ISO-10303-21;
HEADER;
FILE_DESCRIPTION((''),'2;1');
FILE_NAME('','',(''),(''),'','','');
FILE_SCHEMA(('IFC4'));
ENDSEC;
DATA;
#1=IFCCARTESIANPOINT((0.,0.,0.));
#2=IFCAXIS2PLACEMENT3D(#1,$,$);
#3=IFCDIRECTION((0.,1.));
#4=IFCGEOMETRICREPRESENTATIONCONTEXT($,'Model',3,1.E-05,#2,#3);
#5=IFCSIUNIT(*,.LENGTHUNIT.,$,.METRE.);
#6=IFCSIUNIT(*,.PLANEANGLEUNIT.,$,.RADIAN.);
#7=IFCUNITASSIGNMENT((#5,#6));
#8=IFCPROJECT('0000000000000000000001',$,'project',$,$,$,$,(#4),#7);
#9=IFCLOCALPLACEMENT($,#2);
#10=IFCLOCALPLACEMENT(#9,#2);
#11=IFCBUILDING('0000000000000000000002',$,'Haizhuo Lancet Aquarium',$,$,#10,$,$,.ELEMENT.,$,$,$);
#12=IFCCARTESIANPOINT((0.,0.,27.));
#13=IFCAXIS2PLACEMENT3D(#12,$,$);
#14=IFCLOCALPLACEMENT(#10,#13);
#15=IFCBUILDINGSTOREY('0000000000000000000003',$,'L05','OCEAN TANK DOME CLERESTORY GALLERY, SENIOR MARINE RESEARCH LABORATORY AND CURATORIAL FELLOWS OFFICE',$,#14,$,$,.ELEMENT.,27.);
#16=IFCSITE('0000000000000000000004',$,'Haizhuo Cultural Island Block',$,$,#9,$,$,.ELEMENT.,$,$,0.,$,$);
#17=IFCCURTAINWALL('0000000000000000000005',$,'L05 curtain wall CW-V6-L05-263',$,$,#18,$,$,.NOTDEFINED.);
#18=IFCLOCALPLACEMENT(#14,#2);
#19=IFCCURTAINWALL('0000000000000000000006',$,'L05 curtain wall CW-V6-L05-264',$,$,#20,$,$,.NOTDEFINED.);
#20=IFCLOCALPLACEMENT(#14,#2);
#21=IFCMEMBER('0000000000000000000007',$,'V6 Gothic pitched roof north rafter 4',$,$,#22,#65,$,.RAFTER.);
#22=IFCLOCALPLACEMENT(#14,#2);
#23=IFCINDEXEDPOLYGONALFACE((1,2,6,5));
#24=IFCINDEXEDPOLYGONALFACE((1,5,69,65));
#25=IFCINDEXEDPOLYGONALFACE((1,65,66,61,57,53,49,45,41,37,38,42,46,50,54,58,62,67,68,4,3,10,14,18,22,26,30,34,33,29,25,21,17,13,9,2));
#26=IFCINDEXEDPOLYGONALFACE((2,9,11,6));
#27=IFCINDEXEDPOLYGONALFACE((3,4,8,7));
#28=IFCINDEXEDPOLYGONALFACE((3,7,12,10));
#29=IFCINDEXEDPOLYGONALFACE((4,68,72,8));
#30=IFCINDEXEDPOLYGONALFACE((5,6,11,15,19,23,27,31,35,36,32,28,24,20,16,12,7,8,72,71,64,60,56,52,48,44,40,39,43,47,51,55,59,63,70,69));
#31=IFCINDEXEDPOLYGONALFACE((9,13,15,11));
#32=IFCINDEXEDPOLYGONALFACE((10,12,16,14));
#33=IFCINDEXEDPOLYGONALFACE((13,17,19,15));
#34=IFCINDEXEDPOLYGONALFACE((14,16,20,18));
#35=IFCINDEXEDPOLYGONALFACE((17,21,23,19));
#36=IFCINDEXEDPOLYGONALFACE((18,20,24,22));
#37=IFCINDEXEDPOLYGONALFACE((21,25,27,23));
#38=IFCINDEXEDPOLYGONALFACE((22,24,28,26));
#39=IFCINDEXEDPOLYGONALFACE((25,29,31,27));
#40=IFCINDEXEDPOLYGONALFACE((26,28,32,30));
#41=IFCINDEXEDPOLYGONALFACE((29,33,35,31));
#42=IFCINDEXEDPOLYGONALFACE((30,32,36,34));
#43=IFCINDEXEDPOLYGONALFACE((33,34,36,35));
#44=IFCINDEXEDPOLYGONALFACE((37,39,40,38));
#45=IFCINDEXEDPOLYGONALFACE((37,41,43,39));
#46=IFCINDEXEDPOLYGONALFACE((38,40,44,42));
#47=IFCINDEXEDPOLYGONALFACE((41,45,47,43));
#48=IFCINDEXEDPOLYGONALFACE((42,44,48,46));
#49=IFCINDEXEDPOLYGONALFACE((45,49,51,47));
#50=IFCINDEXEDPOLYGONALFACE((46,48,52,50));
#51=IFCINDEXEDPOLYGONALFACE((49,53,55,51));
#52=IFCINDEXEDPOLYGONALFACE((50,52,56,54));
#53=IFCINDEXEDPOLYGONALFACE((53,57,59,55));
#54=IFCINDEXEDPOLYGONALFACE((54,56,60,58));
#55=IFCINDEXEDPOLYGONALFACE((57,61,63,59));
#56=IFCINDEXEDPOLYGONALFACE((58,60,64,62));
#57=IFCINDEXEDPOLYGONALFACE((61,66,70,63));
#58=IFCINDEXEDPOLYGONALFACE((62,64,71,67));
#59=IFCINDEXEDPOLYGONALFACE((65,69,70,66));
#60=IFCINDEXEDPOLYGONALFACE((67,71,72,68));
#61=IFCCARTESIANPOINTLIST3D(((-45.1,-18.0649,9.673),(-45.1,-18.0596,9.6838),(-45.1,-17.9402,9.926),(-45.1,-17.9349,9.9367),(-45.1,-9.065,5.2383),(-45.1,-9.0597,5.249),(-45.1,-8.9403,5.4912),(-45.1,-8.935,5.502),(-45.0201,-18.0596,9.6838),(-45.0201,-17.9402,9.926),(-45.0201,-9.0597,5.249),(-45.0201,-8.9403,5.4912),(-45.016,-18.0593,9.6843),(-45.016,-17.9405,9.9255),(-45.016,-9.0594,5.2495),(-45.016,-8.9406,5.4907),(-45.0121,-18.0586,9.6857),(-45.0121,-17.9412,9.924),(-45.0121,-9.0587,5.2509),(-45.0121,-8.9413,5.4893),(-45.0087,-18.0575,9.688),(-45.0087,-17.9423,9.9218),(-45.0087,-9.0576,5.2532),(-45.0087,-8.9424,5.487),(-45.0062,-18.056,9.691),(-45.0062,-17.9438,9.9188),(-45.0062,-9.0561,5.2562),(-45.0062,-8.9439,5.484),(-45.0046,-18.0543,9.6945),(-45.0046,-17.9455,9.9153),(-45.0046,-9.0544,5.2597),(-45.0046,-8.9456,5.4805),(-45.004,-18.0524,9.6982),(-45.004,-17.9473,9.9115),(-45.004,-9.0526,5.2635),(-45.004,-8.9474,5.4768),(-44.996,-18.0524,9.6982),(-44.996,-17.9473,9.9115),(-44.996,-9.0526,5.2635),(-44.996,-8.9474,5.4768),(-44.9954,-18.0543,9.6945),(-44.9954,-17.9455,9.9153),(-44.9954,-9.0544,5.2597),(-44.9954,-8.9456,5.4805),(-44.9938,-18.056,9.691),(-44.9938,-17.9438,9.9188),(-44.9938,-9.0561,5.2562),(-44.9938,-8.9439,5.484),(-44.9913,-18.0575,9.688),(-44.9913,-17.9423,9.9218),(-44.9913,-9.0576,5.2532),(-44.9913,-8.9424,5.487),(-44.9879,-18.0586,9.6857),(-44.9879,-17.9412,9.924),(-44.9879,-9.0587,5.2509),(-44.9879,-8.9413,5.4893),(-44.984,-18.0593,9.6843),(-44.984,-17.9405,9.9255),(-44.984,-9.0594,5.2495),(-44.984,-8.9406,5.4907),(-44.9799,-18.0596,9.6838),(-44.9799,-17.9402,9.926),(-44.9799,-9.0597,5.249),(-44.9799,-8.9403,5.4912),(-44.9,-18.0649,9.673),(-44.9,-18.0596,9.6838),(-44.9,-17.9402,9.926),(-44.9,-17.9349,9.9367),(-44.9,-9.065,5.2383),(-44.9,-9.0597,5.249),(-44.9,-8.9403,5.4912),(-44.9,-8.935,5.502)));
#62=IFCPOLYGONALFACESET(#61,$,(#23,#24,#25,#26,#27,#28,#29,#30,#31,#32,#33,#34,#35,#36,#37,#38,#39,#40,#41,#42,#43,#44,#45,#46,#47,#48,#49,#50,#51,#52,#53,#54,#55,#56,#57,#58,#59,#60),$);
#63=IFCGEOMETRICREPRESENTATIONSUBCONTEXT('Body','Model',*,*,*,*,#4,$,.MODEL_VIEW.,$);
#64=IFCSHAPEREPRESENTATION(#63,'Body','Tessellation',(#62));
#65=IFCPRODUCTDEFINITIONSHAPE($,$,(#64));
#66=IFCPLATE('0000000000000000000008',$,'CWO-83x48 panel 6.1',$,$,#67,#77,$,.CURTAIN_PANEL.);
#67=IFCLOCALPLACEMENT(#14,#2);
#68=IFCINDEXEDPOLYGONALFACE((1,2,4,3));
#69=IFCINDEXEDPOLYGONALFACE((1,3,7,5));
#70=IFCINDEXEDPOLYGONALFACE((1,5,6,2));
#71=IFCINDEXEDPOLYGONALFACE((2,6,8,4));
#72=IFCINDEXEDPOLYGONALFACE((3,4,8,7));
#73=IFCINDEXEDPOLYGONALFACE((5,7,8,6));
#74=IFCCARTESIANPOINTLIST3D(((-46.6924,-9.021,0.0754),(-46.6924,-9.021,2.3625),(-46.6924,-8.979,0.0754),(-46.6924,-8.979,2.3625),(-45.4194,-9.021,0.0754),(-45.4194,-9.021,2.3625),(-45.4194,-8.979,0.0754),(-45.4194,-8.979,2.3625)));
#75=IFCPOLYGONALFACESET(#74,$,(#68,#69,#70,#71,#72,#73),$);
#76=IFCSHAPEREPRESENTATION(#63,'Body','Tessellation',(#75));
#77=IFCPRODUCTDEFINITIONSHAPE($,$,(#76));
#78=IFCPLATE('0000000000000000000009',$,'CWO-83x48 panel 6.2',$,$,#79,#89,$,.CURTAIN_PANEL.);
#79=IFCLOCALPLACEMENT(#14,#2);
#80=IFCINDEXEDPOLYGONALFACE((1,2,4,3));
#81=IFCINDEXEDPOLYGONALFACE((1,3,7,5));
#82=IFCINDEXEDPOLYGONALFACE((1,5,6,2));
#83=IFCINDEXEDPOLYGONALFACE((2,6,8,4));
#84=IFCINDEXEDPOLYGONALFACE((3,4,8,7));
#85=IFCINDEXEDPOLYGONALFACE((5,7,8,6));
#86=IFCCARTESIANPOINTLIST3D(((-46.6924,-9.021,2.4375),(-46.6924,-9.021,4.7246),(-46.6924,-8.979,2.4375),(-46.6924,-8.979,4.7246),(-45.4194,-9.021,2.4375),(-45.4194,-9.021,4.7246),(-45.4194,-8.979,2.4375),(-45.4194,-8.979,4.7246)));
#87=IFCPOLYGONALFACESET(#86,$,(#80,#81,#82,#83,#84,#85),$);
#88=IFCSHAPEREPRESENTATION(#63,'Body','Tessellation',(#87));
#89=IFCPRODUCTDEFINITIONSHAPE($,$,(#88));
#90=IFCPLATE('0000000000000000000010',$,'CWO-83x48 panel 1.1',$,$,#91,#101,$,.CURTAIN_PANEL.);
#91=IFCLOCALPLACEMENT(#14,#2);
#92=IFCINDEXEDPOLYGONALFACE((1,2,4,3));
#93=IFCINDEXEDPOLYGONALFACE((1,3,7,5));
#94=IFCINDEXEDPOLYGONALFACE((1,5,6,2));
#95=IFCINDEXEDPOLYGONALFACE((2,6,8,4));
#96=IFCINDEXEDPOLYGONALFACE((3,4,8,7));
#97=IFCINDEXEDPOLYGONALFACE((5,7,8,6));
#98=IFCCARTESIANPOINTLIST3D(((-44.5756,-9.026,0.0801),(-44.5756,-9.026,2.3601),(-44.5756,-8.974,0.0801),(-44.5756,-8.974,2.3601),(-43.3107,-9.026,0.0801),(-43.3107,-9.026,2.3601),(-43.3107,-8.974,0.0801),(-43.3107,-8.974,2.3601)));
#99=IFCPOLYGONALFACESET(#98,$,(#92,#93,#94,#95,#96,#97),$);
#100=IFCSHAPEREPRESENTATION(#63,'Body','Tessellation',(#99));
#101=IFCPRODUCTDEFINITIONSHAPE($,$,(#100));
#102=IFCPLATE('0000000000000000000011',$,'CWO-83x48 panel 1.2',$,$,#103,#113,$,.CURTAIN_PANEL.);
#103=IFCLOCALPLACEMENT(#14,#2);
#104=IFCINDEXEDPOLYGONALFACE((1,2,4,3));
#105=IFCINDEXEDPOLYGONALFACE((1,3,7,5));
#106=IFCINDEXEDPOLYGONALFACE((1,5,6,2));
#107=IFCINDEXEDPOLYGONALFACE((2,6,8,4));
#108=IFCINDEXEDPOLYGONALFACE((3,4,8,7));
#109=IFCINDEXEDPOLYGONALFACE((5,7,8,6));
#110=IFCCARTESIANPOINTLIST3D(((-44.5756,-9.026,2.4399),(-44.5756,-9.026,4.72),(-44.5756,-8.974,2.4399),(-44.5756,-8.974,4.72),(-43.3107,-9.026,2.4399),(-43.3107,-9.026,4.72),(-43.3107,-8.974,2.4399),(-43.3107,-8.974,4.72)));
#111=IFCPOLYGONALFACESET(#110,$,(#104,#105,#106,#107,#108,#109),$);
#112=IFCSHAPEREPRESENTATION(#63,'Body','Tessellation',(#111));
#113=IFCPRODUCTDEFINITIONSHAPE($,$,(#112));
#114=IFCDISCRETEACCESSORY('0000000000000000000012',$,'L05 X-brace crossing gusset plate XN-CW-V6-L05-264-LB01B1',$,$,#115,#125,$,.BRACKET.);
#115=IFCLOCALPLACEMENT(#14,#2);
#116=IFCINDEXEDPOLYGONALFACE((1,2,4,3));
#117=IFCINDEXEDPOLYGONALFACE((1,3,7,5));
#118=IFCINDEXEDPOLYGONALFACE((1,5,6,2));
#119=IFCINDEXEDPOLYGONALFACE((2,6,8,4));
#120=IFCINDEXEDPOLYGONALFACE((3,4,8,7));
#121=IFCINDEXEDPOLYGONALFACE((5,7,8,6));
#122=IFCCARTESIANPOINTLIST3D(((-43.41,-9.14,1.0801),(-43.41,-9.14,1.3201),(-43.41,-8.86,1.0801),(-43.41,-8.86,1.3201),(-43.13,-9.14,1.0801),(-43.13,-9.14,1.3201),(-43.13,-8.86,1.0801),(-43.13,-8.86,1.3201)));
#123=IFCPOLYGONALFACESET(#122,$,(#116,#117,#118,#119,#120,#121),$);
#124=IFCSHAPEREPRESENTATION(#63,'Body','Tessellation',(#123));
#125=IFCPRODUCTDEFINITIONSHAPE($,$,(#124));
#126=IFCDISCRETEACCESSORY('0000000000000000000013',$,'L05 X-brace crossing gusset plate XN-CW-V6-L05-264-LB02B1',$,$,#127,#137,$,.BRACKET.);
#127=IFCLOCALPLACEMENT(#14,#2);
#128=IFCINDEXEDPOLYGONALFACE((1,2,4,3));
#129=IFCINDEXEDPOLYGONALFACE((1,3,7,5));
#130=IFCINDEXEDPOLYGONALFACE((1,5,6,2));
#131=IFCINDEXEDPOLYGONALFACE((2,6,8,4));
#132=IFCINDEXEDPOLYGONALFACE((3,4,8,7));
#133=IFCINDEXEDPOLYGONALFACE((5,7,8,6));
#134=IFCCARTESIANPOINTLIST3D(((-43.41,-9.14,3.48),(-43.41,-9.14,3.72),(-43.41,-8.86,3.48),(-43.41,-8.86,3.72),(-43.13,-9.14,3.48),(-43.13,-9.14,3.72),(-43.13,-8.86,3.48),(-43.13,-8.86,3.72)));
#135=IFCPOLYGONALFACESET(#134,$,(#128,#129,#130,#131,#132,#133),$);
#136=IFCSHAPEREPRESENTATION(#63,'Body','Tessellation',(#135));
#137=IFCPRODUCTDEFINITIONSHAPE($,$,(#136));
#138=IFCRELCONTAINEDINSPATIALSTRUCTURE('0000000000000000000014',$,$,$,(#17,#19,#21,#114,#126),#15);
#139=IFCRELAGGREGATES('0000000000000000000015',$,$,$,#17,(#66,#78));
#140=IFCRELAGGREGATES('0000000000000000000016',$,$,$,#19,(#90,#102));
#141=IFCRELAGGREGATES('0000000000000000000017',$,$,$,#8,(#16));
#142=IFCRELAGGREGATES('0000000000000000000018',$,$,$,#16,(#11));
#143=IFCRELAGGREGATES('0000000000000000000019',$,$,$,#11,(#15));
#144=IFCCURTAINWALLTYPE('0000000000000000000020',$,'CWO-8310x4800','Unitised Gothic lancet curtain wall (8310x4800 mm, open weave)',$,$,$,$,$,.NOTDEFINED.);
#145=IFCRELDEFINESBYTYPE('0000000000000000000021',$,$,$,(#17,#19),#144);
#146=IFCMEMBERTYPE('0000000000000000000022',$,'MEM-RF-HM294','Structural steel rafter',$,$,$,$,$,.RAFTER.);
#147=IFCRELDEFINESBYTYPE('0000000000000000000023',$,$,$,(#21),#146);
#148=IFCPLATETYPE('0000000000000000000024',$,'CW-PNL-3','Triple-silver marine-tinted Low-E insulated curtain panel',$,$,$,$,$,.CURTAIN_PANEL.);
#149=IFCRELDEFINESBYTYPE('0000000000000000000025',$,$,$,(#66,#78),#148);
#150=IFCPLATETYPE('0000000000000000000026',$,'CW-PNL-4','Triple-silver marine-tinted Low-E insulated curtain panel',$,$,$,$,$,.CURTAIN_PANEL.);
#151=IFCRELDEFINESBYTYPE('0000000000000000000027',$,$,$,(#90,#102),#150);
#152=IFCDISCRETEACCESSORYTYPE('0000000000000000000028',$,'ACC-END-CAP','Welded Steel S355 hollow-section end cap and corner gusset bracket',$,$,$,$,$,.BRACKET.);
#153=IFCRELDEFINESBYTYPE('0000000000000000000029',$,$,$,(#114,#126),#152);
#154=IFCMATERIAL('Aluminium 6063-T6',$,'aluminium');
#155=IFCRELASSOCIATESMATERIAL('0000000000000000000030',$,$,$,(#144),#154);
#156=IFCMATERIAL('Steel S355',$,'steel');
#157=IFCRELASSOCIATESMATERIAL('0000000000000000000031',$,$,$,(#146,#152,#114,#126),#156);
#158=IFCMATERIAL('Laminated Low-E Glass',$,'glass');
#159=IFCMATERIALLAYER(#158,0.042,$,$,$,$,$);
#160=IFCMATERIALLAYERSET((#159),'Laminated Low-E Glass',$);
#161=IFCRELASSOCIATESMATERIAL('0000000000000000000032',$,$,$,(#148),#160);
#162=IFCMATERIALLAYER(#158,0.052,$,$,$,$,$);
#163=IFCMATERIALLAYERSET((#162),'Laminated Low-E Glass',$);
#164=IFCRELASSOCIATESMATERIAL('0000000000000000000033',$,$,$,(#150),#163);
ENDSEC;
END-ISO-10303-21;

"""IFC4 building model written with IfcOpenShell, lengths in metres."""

from ifc_helpers import new_model, si_unit, direction, frame, origin, origin_2d, place, context, subcontext, project, spatial, rectangle, i_section, extrude, material, layer, layer_set, material_profile, profile_set, type_object, element, aggregate, save


model = new_model("IFC4")

# Units and contexts
model_context = context("Model", 3, precision=1e-05, world=origin(), true_north=direction((0.0, 1.0)))
body_context = subcontext(model_context, "Body", "Model", "MODEL_VIEW")
ifc_project = project(units=[si_unit("LENGTHUNIT", "METRE"), si_unit("PLANEANGLEUNIT", "RADIAN")], contexts=[model_context])

# Site, building, storey
site_placement = place(None, origin())
site = spatial("IfcSite", under=ifc_project, at=site_placement, Name="Haizhuo Cultural Island Block", CompositionType="ELEMENT", RefElevation=0.0)
building_placement = place(site_placement, origin())
building = spatial("IfcBuilding", under=site, at=building_placement, Name="Haizhuo Lancet Aquarium", CompositionType="ELEMENT")
storey_placement = place(building_placement, frame((0.0, 0.0, 27.0)))
storey = spatial("IfcBuildingStorey", under=building, at=storey_placement, Name="L05", Description="OCEAN TANK DOME CLERESTORY GALLERY, SENIOR MARINE RESEARCH LABORATORY AND CURATORIAL FELLOWS OFFICE", CompositionType="ELEMENT", Elevation=27.0)

# Shared definitions
ifc_material_1 = material(Name="Steel S355", Category="steel")

# Curtain wall
ifc_material_2 = material(Name="Aluminium 6063-T6", Category="aluminium")
curtain_wall_type = type_object("IfcCurtainWallType", Name="CWO-8310x4800", Description="Unitised Gothic lancet curtain wall (8310x4800 mm, open weave)", PredefinedType="NOTDEFINED", material=ifc_material_2)
curtain_wall_1_placement = place(storey_placement, origin())
curtain_wall_1 = element("IfcCurtainWall", 1, at=curtain_wall_1_placement, inside=storey, type_object=curtain_wall_type, Name="L05 curtain wall CW-V6-L05-263", PredefinedType="NOTDEFINED")

# Curtain wall
curtain_wall_2_placement = place(storey_placement, origin())
curtain_wall_2 = element("IfcCurtainWall", 2, at=curtain_wall_2_placement, inside=storey, type_object=curtain_wall_type, Name="L05 curtain wall CW-V6-L05-264", PredefinedType="NOTDEFINED")

# Member
ifc_material_profile_1 = material_profile(ifc_material_1, i_section(OverallWidth=0.2, OverallDepth=0.2939, WebThickness=0.0081, FlangeThickness=0.012, FilletRadius=0.0161, at=origin_2d()), Name="HM 294x200x8x12")
ifc_profile_set_1 = profile_set([ifc_material_profile_1], Name="Steel S355")
member_type_1 = type_object("IfcMemberType", Name="MEM-RF-HM294", Description="Structural steel rafter", PredefinedType="RAFTER", material=ifc_profile_set_1)
member_1_placement = place(storey_placement, frame((-45.0, -9.0, 5.3701), z_axis=(0.0, -0.897011, 0.442009), x_axis=(1.0, 0.0, 0.0)))
element("IfcMember", 3, at=member_1_placement, inside=storey, type_object=member_type_1, Name="V6 Gothic pitched roof north rafter 4", PredefinedType="RAFTER", context=body_context, shape_type="SweptSolid", body=[
    extrude(i_section(OverallWidth=0.2, OverallDepth=0.2939, WebThickness=0.0081, FlangeThickness=0.012, FilletRadius=0.0161, at=origin_2d()), origin(), (0.0, 0.0, 1.0), 10.0332),
])

# Plates
ifc_material_3 = material(Name="Laminated Low-E Glass", Category="glass")
ifc_layer_1 = layer(ifc_material_3, 0.042)
ifc_layer_set_1 = layer_set([ifc_layer_1], Name="Laminated Low-E Glass")
plate_type_1 = type_object("IfcPlateType", Name="CW-PNL-3", Description="Triple-silver marine-tinted Low-E insulated curtain panel", PredefinedType="CURTAIN_PANEL", material=ifc_layer_set_1)
plate_1_placement = place(storey_placement, frame((-46.0559, -9.0, 0.0754), z_axis=(0.0, 0.0, 1.0), x_axis=(1.0, 0.0, 0.0)))
plate_1 = element("IfcPlate", 4, at=plate_1_placement, type_object=plate_type_1, Name="CWO-83x48 panel 6.1", PredefinedType="CURTAIN_PANEL", context=body_context, shape_type="SweptSolid", body=[
    extrude(rectangle(XDim=1.2729, YDim=0.042, at=origin_2d()), origin(), (0.0, 0.0, 1.0), 2.2871),
])
plate_2_placement = place(storey_placement, frame((-46.0559, -9.0, 2.4375), z_axis=(0.0, 0.0, 1.0), x_axis=(1.0, 0.0, 0.0)))
plate_2 = element("IfcPlate", 5, at=plate_2_placement, type_object=plate_type_1, Name="CWO-83x48 panel 6.2", PredefinedType="CURTAIN_PANEL", context=body_context, shape_type="SweptSolid", body=[
    extrude(rectangle(XDim=1.2729, YDim=0.042, at=origin_2d()), origin(), (0.0, 0.0, 1.0), 2.2871),
])
aggregate(curtain_wall_1, [plate_1, plate_2])
ifc_layer_2 = layer(ifc_material_3, 0.052)
ifc_layer_set_2 = layer_set([ifc_layer_2], Name="Laminated Low-E Glass")
plate_type_2 = type_object("IfcPlateType", Name="CW-PNL-4", Description="Triple-silver marine-tinted Low-E insulated curtain panel", PredefinedType="CURTAIN_PANEL", material=ifc_layer_set_2)
plate_3_placement = place(storey_placement, frame((-43.9431, -9.0, 0.0801), z_axis=(0.0, 0.0, 1.0), x_axis=(1.0, 0.0, 0.0)))
plate_3 = element("IfcPlate", 6, at=plate_3_placement, type_object=plate_type_2, Name="CWO-83x48 panel 1.1", PredefinedType="CURTAIN_PANEL", context=body_context, shape_type="SweptSolid", body=[
    extrude(rectangle(XDim=1.2649, YDim=0.052, at=origin_2d()), origin(), (0.0, 0.0, 1.0), 2.28),
])
plate_4_placement = place(storey_placement, frame((-43.9431, -9.0, 2.4399), z_axis=(0.0, 0.0, 1.0), x_axis=(1.0, 0.0, 0.0)))
plate_4 = element("IfcPlate", 7, at=plate_4_placement, type_object=plate_type_2, Name="CWO-83x48 panel 1.2", PredefinedType="CURTAIN_PANEL", context=body_context, shape_type="SweptSolid", body=[
    extrude(rectangle(XDim=1.2649, YDim=0.052, at=origin_2d()), origin(), (0.0, 0.0, 1.0), 2.28),
])
aggregate(curtain_wall_2, [plate_3, plate_4])

# Discrete accessories
discrete_accessory_type = type_object("IfcDiscreteAccessoryType", Name="ACC-END-CAP", Description="Welded Steel S355 hollow-section end cap and corner gusset bracket", PredefinedType="BRACKET", material=ifc_material_1)
for number, where, z_axis, x_axis, name in (
    (8, (-43.27, -9.0, 1.0801), (0.0, 0.0, 1.0), (1.0, 0.0, 0.0), "L05 X-brace crossing gusset plate XN-CW-V6-L05-264-LB01B1"),
    (9, (-43.27, -9.0, 3.48), (0.0, 0.0, 1.0), (1.0, 0.0, 0.0), "L05 X-brace crossing gusset plate XN-CW-V6-L05-264-LB02B1"),
):
    element("IfcDiscreteAccessory", number, at=place(storey_placement, frame(where, z_axis=z_axis, x_axis=x_axis)), inside=storey, type_object=discrete_accessory_type, material=ifc_material_1, Name=name, PredefinedType="BRACKET", context=body_context, shape_type="SweptSolid", body=[
        extrude(rectangle(XDim=0.28, YDim=0.28, at=origin_2d()), origin(), (0.0, 0.0, 1.0), 0.24),
    ])

save(model, "model.ifc")
